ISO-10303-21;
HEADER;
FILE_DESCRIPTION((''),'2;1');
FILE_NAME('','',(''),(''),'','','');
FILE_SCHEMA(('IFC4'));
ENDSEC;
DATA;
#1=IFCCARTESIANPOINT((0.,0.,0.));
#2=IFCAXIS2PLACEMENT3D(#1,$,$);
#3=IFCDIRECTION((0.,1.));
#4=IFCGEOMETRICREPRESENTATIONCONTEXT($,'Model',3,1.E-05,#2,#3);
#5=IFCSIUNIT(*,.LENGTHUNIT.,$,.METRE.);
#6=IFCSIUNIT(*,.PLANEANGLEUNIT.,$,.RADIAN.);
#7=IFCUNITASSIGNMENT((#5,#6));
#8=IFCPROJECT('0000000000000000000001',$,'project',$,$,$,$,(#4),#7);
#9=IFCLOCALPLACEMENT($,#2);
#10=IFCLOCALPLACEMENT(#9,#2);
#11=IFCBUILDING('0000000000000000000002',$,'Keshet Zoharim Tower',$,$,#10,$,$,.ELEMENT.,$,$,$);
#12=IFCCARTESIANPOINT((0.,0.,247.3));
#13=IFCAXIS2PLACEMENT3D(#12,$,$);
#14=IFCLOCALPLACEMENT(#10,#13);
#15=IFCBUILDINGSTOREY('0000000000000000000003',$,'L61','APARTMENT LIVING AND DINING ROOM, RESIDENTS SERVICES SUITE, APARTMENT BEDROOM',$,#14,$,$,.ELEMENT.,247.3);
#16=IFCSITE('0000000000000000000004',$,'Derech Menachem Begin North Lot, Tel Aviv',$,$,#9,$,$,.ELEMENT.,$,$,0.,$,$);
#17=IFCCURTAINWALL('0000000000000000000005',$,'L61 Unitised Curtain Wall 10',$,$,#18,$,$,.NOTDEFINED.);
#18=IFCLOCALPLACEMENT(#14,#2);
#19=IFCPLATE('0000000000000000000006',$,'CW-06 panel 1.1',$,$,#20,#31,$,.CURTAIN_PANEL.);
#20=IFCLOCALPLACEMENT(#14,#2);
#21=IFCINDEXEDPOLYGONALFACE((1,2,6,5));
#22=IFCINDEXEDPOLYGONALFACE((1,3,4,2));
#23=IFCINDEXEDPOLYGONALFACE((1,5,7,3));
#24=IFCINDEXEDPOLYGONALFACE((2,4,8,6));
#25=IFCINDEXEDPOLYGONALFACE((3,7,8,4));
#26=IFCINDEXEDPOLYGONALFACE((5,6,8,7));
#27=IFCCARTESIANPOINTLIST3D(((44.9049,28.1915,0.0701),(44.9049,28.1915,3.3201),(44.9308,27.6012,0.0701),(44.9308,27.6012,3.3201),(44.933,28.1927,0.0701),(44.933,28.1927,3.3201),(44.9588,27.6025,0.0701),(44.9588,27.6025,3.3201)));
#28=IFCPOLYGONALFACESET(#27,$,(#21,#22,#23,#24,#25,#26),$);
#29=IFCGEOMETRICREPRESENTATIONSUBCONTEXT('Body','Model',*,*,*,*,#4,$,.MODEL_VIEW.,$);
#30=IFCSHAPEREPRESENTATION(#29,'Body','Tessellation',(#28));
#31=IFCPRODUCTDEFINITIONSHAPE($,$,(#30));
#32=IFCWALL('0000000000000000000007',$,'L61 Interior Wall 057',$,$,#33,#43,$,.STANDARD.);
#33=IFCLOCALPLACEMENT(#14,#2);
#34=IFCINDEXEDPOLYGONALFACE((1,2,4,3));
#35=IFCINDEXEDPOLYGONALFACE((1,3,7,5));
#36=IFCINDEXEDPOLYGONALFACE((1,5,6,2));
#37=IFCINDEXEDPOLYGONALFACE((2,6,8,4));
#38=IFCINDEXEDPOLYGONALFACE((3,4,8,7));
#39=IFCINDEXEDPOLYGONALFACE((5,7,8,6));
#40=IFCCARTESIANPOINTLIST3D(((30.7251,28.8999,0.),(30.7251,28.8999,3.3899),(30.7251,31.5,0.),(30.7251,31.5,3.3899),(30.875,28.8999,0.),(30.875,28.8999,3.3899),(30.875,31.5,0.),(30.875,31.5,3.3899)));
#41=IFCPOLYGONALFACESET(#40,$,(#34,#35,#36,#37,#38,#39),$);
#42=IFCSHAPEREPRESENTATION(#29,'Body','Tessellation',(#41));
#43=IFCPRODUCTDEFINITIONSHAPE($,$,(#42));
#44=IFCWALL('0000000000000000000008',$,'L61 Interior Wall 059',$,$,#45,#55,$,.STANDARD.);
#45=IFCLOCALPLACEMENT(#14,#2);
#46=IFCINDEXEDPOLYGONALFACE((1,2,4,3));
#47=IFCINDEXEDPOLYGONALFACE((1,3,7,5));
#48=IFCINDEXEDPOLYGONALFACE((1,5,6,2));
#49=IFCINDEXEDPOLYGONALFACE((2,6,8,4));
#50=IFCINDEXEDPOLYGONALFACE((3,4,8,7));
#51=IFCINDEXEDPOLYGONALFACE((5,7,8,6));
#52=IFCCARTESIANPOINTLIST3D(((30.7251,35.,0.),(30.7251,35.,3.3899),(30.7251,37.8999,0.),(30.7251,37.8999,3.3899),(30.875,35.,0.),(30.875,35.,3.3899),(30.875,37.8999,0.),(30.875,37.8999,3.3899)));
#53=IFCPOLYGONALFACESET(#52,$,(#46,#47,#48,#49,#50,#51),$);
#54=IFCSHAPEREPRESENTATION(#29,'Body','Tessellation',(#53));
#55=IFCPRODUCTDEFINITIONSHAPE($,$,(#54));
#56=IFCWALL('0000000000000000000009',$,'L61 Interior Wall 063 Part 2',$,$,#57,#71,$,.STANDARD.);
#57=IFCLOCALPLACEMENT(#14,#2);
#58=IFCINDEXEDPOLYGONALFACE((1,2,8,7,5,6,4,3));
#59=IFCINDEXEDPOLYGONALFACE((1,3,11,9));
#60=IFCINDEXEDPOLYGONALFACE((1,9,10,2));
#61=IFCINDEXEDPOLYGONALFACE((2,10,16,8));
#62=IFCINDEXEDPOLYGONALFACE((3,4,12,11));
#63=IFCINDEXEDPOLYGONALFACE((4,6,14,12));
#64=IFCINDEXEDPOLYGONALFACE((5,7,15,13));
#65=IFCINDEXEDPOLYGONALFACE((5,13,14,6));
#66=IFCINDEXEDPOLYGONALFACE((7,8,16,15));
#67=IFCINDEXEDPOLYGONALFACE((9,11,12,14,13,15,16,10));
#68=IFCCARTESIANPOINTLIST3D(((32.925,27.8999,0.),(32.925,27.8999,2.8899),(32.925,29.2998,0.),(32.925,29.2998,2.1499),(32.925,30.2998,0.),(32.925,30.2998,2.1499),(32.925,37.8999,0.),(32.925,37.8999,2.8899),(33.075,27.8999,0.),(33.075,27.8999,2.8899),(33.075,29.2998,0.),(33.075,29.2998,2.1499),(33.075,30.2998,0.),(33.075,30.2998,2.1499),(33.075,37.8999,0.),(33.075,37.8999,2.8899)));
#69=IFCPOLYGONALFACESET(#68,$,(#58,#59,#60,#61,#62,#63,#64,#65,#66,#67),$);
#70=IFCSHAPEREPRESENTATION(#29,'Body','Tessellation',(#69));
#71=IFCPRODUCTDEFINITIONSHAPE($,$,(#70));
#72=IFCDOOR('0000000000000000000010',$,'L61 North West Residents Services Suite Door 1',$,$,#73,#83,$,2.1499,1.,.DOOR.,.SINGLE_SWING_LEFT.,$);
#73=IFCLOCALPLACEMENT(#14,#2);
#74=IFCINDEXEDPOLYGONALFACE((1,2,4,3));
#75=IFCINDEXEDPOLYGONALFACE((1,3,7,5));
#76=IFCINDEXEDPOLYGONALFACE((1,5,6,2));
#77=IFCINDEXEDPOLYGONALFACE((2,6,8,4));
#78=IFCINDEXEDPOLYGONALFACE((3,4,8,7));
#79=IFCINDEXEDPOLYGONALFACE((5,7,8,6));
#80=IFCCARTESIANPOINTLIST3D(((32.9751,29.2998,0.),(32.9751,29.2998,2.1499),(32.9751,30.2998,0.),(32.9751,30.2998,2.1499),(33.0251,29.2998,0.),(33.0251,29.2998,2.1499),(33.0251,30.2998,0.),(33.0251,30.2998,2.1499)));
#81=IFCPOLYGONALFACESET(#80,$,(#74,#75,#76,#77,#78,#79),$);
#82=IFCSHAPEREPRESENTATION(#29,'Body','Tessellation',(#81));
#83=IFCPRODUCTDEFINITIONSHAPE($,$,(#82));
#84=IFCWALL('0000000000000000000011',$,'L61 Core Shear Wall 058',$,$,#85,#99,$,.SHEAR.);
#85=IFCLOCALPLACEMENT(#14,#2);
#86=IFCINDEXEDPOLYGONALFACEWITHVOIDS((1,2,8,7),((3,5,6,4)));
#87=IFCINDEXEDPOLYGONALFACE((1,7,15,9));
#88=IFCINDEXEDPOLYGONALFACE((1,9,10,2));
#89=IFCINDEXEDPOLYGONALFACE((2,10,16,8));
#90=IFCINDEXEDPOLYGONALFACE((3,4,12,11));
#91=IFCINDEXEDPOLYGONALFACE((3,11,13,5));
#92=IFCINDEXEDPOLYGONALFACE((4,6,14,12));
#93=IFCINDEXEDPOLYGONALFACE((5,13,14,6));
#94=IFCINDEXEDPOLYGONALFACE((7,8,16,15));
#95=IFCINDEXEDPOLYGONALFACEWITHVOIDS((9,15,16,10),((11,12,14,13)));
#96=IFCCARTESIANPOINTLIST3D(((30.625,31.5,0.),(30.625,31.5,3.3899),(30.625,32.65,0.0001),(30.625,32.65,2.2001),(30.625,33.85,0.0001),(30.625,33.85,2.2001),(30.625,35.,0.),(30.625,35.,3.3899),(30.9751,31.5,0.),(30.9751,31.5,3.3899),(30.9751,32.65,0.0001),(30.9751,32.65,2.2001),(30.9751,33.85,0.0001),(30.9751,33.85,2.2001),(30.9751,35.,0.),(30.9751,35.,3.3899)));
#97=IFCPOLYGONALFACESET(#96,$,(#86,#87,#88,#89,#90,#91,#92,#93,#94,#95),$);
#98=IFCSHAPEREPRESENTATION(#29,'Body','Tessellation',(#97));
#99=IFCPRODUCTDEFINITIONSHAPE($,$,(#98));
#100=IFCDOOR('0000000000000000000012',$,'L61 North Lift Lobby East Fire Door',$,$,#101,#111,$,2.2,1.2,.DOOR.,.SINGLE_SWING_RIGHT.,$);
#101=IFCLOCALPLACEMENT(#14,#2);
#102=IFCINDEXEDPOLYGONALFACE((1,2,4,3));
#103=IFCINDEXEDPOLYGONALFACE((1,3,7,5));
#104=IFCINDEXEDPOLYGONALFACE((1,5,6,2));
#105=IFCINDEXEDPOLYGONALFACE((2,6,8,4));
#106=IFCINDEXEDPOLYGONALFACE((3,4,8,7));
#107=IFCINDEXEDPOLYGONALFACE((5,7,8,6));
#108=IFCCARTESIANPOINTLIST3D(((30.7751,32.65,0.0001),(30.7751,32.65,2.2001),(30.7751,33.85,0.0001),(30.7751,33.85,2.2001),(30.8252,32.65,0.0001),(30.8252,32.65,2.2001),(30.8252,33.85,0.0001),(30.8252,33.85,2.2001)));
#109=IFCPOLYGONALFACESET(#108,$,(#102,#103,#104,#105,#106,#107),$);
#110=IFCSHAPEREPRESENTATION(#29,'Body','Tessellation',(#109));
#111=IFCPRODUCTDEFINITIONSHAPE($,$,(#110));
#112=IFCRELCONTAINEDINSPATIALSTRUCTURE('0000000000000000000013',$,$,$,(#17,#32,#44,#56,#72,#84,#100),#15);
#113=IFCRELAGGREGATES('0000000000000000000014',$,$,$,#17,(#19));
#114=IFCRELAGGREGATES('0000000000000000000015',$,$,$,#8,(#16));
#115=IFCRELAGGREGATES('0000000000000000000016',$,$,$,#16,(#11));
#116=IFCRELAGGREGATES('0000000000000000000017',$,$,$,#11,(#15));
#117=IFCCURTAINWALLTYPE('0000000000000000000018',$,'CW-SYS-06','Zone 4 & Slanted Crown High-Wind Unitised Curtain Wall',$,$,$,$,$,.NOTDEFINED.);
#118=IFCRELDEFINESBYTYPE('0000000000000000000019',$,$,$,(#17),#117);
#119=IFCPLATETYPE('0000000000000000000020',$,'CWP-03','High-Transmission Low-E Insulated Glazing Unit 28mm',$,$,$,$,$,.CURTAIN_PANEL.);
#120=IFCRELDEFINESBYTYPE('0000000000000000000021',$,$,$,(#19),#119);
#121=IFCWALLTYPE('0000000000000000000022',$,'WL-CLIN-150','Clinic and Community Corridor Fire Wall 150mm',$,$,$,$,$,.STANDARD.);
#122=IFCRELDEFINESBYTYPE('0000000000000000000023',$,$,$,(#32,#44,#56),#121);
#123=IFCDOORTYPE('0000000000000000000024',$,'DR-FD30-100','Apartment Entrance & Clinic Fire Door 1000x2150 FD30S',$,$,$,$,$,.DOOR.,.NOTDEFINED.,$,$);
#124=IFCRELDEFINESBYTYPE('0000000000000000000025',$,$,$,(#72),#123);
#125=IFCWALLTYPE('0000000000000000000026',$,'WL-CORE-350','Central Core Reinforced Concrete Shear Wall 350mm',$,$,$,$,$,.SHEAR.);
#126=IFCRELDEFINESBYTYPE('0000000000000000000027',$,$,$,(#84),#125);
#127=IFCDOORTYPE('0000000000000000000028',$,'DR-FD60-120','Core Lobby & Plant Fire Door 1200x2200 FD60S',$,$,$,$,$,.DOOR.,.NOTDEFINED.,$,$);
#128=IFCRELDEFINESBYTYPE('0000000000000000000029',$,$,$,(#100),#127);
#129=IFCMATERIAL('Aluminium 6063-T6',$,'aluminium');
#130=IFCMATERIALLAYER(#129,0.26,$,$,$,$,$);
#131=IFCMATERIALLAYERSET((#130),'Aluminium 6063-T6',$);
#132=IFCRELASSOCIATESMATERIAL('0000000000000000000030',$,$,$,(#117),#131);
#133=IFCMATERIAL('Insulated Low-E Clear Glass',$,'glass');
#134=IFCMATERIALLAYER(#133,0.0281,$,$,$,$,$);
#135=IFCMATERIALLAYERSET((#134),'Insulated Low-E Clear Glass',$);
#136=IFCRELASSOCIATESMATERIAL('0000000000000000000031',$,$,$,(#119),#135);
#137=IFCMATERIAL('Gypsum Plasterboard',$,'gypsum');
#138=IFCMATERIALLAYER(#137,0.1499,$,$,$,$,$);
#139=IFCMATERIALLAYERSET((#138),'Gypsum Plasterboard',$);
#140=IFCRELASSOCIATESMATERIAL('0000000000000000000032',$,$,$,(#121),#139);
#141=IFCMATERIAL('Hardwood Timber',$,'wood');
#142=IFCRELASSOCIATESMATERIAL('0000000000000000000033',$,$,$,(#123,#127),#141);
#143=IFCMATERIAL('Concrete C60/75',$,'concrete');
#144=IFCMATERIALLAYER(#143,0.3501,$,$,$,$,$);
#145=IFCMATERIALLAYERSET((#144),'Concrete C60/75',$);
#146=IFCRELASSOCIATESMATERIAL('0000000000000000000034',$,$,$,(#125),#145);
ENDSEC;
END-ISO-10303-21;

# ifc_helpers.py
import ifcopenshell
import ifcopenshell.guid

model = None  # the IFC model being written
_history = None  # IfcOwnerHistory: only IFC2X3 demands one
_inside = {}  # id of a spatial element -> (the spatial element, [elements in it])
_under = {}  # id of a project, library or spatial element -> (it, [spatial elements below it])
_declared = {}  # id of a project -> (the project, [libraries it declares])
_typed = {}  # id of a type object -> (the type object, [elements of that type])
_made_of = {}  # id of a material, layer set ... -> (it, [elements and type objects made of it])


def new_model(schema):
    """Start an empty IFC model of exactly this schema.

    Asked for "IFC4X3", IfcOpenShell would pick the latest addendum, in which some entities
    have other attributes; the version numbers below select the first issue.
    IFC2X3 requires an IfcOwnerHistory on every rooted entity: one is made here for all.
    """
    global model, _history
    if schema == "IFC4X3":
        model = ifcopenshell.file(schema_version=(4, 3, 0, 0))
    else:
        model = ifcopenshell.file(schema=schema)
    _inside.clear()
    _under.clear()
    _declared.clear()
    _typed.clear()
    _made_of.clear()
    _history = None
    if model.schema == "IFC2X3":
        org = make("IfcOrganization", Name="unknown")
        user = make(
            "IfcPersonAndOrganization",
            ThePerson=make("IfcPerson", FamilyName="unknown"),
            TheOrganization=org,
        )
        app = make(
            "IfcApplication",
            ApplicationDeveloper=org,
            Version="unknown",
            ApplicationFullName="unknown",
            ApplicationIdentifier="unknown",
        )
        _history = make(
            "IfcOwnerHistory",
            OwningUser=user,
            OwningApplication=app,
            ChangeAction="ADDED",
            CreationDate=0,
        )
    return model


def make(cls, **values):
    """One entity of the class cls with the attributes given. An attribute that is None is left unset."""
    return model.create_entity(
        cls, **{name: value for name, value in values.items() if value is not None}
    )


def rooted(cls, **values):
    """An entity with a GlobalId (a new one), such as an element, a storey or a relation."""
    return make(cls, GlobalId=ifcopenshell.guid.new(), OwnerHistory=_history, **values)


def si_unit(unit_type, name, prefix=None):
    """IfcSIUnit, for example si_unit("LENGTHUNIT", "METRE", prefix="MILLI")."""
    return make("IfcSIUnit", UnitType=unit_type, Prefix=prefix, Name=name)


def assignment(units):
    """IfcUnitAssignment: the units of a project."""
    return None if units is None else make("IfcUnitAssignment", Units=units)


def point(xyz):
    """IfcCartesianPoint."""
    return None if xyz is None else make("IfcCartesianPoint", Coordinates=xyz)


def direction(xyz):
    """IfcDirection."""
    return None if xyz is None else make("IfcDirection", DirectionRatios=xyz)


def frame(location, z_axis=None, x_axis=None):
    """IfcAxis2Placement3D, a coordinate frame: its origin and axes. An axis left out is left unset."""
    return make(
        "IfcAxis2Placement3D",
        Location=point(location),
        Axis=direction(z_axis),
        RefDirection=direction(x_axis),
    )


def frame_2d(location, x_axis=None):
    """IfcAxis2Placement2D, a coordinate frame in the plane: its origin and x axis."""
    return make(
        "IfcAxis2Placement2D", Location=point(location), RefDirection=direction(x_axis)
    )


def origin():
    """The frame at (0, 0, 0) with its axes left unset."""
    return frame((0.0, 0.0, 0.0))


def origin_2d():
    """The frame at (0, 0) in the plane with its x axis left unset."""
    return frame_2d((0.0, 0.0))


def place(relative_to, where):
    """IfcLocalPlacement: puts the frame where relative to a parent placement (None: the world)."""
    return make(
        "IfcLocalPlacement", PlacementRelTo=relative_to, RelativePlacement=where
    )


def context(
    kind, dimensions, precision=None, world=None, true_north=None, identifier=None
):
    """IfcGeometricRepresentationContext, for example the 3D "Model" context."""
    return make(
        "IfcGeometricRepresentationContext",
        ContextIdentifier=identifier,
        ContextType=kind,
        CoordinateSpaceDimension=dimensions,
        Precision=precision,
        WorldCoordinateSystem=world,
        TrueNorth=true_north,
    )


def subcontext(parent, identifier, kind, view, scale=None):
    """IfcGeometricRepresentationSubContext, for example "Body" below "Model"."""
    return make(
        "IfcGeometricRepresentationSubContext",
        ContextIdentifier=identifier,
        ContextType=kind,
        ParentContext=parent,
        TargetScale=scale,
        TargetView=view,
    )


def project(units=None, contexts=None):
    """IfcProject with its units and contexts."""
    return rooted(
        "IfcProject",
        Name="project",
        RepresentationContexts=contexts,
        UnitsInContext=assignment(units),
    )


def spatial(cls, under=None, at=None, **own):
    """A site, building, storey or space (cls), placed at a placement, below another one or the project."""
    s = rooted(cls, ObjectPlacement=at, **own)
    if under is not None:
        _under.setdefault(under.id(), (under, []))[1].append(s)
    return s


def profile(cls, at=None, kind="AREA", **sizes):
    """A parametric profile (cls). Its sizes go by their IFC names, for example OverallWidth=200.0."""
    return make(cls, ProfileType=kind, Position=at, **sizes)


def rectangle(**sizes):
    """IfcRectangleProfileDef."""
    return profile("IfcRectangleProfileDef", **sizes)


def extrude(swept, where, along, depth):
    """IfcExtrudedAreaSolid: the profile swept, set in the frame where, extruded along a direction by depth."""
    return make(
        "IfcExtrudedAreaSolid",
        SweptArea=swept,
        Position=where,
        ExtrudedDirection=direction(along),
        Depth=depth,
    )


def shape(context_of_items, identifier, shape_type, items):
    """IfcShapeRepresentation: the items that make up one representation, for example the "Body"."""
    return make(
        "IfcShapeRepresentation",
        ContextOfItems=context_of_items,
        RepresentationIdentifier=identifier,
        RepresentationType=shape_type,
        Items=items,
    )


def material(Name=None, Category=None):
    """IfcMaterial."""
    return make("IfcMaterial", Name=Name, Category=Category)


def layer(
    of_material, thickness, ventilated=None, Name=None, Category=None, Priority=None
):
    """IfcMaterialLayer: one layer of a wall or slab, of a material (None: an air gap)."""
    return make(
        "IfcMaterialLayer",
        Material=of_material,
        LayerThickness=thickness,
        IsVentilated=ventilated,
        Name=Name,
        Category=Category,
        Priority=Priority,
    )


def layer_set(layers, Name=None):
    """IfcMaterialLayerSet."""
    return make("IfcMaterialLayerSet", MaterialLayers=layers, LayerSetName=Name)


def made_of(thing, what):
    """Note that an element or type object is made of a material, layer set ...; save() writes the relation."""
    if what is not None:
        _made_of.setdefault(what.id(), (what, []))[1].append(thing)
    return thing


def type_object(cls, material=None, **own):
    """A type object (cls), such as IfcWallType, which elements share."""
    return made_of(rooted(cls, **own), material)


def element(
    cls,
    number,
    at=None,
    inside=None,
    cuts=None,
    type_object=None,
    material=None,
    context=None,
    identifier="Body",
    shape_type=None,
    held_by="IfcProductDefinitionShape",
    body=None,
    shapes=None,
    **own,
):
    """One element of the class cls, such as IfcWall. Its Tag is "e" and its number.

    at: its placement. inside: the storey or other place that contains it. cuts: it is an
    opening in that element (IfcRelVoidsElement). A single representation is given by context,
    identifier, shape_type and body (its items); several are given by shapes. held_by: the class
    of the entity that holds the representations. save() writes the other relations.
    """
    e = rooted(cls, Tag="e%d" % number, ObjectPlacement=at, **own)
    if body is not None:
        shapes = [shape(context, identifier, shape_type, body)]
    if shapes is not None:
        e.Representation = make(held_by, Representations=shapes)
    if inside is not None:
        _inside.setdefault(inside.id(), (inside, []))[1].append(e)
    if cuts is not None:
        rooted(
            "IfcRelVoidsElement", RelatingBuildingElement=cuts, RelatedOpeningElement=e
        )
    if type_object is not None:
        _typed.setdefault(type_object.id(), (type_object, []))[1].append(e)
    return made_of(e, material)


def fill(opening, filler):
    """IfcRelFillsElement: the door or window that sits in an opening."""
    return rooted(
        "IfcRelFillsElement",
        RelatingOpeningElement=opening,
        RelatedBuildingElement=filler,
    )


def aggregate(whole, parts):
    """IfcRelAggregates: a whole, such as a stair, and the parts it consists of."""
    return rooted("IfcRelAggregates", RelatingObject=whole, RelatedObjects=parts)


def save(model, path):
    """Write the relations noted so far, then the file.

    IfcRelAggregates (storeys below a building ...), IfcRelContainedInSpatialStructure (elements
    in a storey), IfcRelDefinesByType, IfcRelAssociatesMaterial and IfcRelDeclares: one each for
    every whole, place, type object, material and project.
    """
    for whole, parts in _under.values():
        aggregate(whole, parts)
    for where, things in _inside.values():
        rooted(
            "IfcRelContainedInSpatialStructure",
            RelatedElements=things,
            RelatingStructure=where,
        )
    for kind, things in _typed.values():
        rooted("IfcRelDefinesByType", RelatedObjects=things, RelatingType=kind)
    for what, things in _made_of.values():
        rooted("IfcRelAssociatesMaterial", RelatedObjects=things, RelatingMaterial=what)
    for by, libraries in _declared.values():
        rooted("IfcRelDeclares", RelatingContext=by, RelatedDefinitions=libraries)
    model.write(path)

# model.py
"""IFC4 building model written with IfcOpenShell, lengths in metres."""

from ifc_helpers import new_model, si_unit, direction, frame, frame_2d, origin, origin_2d, place, context, subcontext, project, spatial, rectangle, extrude, material, layer, layer_set, type_object, element, fill, aggregate, save


model = new_model("IFC4")

# Units and contexts
model_context = context("Model", 3, precision=1e-05, world=origin(), true_north=direction((0.0, 1.0)))
body_context = subcontext(model_context, "Body", "Model", "MODEL_VIEW")
ifc_project = project(units=[si_unit("LENGTHUNIT", "METRE"), si_unit("PLANEANGLEUNIT", "RADIAN")], contexts=[model_context])

# Site, building, storey
site_placement = place(None, origin())
site = spatial("IfcSite", under=ifc_project, at=site_placement, Name="Derech Menachem Begin North Lot, Tel Aviv", CompositionType="ELEMENT", RefElevation=0.0)
building_placement = place(site_placement, origin())
building = spatial("IfcBuilding", under=site, at=building_placement, Name="Keshet Zoharim Tower", CompositionType="ELEMENT")
storey_placement = place(building_placement, frame((0.0, 0.0, 247.3)))
storey = spatial("IfcBuildingStorey", under=building, at=storey_placement, Name="L61", Description="APARTMENT LIVING AND DINING ROOM, RESIDENTS SERVICES SUITE, APARTMENT BEDROOM", CompositionType="ELEMENT", Elevation=247.3)

# Curtain wall
ifc_material_1 = material(Name="Aluminium 6063-T6", Category="aluminium")
ifc_layer_1 = layer(ifc_material_1, 0.26)
ifc_layer_set_1 = layer_set([ifc_layer_1], Name="Aluminium 6063-T6")
curtain_wall_type = type_object("IfcCurtainWallType", Name="CW-SYS-06", Description="Zone 4 & Slanted Crown High-Wind Unitised Curtain Wall", PredefinedType="NOTDEFINED", material=ifc_layer_set_1)
curtain_wall_1_placement = place(storey_placement, origin())
curtain_wall_1 = element("IfcCurtainWall", 1, at=curtain_wall_1_placement, inside=storey, type_object=curtain_wall_type, Name="L61 Unitised Curtain Wall 10", PredefinedType="NOTDEFINED")

# Plate
ifc_material_2 = material(Name="Insulated Low-E Clear Glass", Category="glass")
ifc_layer_2 = layer(ifc_material_2, 0.0281)
ifc_layer_set_2 = layer_set([ifc_layer_2], Name="Insulated Low-E Clear Glass")
plate_type = type_object("IfcPlateType", Name="CWP-03", Description="High-Transmission Low-E Insulated Glazing Unit 28mm", PredefinedType="CURTAIN_PANEL", material=ifc_layer_set_2)
plate_1_placement = place(storey_placement, frame((44.9319, 27.897, 0.0701), z_axis=(0.0, 0.0, 1.0), x_axis=(0.043794, -0.999041, 0.0)))
plate_1 = element("IfcPlate", 2, at=plate_1_placement, type_object=plate_type, Name="CW-06 panel 1.1", PredefinedType="CURTAIN_PANEL", context=body_context, shape_type="SweptSolid", body=[
    extrude(rectangle(XDim=0.5908, YDim=0.0281, at=origin_2d()), origin(), (0.0, 0.0, 1.0), 3.25),
])
aggregate(curtain_wall_1, [plate_1])

# Walls
ifc_material_3 = material(Name="Gypsum Plasterboard", Category="gypsum")
ifc_layer_3 = layer(ifc_material_3, 0.1499)
ifc_layer_set_3 = layer_set([ifc_layer_3], Name="Gypsum Plasterboard")
wall_type_1 = type_object("IfcWallType", Name="WL-CLIN-150", Description="Clinic and Community Corridor Fire Wall 150mm", PredefinedType="STANDARD", material=ifc_layer_set_3)
wall_1_placement = place(storey_placement, frame((30.8, 28.8999, 0.0), z_axis=(0.0, 0.0, 1.0), x_axis=(0.0, 1.0, 0.0)))
element("IfcWall", 3, at=wall_1_placement, inside=storey, type_object=wall_type_1, Name="L61 Interior Wall 057", PredefinedType="STANDARD", context=body_context, shape_type="SweptSolid", body=[
    extrude(rectangle(XDim=2.6001, YDim=0.1499, at=frame_2d((1.3, 0.0))), origin(), (0.0, 0.0, 1.0), 3.3899),
])
wall_2_placement = place(storey_placement, frame((30.8, 35.0, 0.0), z_axis=(0.0, 0.0, 1.0), x_axis=(0.0, 1.0, 0.0)))
element("IfcWall", 4, at=wall_2_placement, inside=storey, type_object=wall_type_1, Name="L61 Interior Wall 059", PredefinedType="STANDARD", context=body_context, shape_type="SweptSolid", body=[
    extrude(rectangle(XDim=2.8999, YDim=0.1499, at=frame_2d((1.45, 0.0))), origin(), (0.0, 0.0, 1.0), 3.3899),
])

# Walls, openings, doors
wall_3_placement = place(storey_placement, frame((33.0, 27.8999, 0.0), z_axis=(0.0, 0.0, 1.0), x_axis=(0.0, 1.0, 0.0)))
wall_3 = element("IfcWall", 5, at=wall_3_placement, inside=storey, type_object=wall_type_1, Name="L61 Interior Wall 063 Part 2", PredefinedType="STANDARD", context=body_context, shape_type="SweptSolid", body=[
    extrude(rectangle(XDim=10.0, YDim=0.1499, at=frame_2d((5.0, 0.0))), origin(), (0.0, 0.0, 1.0), 2.8899),
])
opening_1_placement = place(wall_3_placement, frame((1.3999, 0.0, 0.0)))
opening_1 = element("IfcOpeningElement", 6, at=opening_1_placement, cuts=wall_3, PredefinedType="OPENING", context=body_context, shape_type="SweptSolid", body=[
    extrude(rectangle(XDim=1.0, YDim=2.1499, at=frame_2d((0.5, 1.075))), frame((0.0, 0.085, 0.0), z_axis=(0.0, -1.0, 0.0), x_axis=(1.0, 0.0, 0.0)), (0.0, 0.0, 1.0), 0.1699),
])
ifc_material_4 = material(Name="Hardwood Timber", Category="wood")
door_type_1 = type_object("IfcDoorType", Name="DR-FD30-100", Description="Apartment Entrance & Clinic Fire Door 1000x2150 FD30S", OperationType="NOTDEFINED", PredefinedType="DOOR", material=ifc_material_4)
door_1_placement = place(opening_1_placement, origin())
door_1 = element("IfcDoor", 7, at=door_1_placement, inside=storey, type_object=door_type_1, Name="L61 North West Residents Services Suite Door 1", OperationType="SINGLE_SWING_LEFT", OverallHeight=2.1499, OverallWidth=1.0, PredefinedType="DOOR", context=body_context, shape_type="SweptSolid", body=[
    extrude(rectangle(XDim=1.0, YDim=2.1499, at=frame_2d((0.5, 1.075))), frame((0.0, 0.0249, 0.0), z_axis=(0.0, -1.0, 0.0), x_axis=(1.0, 0.0, 0.0)), (0.0, 0.0, 1.0), 0.05),
])
fill(opening_1, door_1)
ifc_material_5 = material(Name="Concrete C60/75", Category="concrete")
ifc_layer_4 = layer(ifc_material_5, 0.3501)
ifc_layer_set_4 = layer_set([ifc_layer_4], Name="Concrete C60/75")
wall_type_2 = type_object("IfcWallType", Name="WL-CORE-350", Description="Central Core Reinforced Concrete Shear Wall 350mm", PredefinedType="SHEAR", material=ifc_layer_set_4)
wall_4_placement = place(storey_placement, frame((30.8, 31.5, 0.0), z_axis=(0.0, 0.0, 1.0), x_axis=(0.0, 1.0, 0.0)))
wall_4 = element("IfcWall", 8, at=wall_4_placement, inside=storey, type_object=wall_type_2, Name="L61 Core Shear Wall 058", PredefinedType="SHEAR", context=body_context, shape_type="SweptSolid", body=[
    extrude(rectangle(XDim=3.5, YDim=0.3501, at=frame_2d((1.75, 0.0))), origin(), (0.0, 0.0, 1.0), 3.3899),
])
opening_2_placement = place(wall_4_placement, frame((1.1499, 0.0, 0.0)))
opening_2 = element("IfcOpeningElement", 9, at=opening_2_placement, cuts=wall_4, PredefinedType="OPENING", context=body_context, shape_type="SweptSolid", body=[
    extrude(rectangle(XDim=1.2, YDim=2.2, at=frame_2d((0.6001, 1.1001))), frame((0.0, 0.1851, 0.0), z_axis=(0.0, -1.0, 0.0), x_axis=(1.0, 0.0, 0.0)), (0.0, 0.0, 1.0), 0.3701),
])
door_type_2 = type_object("IfcDoorType", Name="DR-FD60-120", Description="Core Lobby & Plant Fire Door 1200x2200 FD60S", OperationType="NOTDEFINED", PredefinedType="DOOR", material=ifc_material_4)
door_2_placement = place(opening_2_placement, origin())
door_2 = element("IfcDoor", 10, at=door_2_placement, inside=storey, type_object=door_type_2, Name="L61 North Lift Lobby East Fire Door", OperationType="SINGLE_SWING_RIGHT", OverallHeight=2.2, OverallWidth=1.2, PredefinedType="DOOR", context=body_context, shape_type="SweptSolid", body=[
    extrude(rectangle(XDim=1.2, YDim=2.2, at=frame_2d((0.6001, 1.1001))), frame((0.0, 0.0249, 0.0), z_axis=(0.0, -1.0, 0.0), x_axis=(1.0, 0.0, 0.0)), (0.0, 0.0, 1.0), 0.05),
])
fill(opening_2, door_2)

save(model, "model.ifc")
